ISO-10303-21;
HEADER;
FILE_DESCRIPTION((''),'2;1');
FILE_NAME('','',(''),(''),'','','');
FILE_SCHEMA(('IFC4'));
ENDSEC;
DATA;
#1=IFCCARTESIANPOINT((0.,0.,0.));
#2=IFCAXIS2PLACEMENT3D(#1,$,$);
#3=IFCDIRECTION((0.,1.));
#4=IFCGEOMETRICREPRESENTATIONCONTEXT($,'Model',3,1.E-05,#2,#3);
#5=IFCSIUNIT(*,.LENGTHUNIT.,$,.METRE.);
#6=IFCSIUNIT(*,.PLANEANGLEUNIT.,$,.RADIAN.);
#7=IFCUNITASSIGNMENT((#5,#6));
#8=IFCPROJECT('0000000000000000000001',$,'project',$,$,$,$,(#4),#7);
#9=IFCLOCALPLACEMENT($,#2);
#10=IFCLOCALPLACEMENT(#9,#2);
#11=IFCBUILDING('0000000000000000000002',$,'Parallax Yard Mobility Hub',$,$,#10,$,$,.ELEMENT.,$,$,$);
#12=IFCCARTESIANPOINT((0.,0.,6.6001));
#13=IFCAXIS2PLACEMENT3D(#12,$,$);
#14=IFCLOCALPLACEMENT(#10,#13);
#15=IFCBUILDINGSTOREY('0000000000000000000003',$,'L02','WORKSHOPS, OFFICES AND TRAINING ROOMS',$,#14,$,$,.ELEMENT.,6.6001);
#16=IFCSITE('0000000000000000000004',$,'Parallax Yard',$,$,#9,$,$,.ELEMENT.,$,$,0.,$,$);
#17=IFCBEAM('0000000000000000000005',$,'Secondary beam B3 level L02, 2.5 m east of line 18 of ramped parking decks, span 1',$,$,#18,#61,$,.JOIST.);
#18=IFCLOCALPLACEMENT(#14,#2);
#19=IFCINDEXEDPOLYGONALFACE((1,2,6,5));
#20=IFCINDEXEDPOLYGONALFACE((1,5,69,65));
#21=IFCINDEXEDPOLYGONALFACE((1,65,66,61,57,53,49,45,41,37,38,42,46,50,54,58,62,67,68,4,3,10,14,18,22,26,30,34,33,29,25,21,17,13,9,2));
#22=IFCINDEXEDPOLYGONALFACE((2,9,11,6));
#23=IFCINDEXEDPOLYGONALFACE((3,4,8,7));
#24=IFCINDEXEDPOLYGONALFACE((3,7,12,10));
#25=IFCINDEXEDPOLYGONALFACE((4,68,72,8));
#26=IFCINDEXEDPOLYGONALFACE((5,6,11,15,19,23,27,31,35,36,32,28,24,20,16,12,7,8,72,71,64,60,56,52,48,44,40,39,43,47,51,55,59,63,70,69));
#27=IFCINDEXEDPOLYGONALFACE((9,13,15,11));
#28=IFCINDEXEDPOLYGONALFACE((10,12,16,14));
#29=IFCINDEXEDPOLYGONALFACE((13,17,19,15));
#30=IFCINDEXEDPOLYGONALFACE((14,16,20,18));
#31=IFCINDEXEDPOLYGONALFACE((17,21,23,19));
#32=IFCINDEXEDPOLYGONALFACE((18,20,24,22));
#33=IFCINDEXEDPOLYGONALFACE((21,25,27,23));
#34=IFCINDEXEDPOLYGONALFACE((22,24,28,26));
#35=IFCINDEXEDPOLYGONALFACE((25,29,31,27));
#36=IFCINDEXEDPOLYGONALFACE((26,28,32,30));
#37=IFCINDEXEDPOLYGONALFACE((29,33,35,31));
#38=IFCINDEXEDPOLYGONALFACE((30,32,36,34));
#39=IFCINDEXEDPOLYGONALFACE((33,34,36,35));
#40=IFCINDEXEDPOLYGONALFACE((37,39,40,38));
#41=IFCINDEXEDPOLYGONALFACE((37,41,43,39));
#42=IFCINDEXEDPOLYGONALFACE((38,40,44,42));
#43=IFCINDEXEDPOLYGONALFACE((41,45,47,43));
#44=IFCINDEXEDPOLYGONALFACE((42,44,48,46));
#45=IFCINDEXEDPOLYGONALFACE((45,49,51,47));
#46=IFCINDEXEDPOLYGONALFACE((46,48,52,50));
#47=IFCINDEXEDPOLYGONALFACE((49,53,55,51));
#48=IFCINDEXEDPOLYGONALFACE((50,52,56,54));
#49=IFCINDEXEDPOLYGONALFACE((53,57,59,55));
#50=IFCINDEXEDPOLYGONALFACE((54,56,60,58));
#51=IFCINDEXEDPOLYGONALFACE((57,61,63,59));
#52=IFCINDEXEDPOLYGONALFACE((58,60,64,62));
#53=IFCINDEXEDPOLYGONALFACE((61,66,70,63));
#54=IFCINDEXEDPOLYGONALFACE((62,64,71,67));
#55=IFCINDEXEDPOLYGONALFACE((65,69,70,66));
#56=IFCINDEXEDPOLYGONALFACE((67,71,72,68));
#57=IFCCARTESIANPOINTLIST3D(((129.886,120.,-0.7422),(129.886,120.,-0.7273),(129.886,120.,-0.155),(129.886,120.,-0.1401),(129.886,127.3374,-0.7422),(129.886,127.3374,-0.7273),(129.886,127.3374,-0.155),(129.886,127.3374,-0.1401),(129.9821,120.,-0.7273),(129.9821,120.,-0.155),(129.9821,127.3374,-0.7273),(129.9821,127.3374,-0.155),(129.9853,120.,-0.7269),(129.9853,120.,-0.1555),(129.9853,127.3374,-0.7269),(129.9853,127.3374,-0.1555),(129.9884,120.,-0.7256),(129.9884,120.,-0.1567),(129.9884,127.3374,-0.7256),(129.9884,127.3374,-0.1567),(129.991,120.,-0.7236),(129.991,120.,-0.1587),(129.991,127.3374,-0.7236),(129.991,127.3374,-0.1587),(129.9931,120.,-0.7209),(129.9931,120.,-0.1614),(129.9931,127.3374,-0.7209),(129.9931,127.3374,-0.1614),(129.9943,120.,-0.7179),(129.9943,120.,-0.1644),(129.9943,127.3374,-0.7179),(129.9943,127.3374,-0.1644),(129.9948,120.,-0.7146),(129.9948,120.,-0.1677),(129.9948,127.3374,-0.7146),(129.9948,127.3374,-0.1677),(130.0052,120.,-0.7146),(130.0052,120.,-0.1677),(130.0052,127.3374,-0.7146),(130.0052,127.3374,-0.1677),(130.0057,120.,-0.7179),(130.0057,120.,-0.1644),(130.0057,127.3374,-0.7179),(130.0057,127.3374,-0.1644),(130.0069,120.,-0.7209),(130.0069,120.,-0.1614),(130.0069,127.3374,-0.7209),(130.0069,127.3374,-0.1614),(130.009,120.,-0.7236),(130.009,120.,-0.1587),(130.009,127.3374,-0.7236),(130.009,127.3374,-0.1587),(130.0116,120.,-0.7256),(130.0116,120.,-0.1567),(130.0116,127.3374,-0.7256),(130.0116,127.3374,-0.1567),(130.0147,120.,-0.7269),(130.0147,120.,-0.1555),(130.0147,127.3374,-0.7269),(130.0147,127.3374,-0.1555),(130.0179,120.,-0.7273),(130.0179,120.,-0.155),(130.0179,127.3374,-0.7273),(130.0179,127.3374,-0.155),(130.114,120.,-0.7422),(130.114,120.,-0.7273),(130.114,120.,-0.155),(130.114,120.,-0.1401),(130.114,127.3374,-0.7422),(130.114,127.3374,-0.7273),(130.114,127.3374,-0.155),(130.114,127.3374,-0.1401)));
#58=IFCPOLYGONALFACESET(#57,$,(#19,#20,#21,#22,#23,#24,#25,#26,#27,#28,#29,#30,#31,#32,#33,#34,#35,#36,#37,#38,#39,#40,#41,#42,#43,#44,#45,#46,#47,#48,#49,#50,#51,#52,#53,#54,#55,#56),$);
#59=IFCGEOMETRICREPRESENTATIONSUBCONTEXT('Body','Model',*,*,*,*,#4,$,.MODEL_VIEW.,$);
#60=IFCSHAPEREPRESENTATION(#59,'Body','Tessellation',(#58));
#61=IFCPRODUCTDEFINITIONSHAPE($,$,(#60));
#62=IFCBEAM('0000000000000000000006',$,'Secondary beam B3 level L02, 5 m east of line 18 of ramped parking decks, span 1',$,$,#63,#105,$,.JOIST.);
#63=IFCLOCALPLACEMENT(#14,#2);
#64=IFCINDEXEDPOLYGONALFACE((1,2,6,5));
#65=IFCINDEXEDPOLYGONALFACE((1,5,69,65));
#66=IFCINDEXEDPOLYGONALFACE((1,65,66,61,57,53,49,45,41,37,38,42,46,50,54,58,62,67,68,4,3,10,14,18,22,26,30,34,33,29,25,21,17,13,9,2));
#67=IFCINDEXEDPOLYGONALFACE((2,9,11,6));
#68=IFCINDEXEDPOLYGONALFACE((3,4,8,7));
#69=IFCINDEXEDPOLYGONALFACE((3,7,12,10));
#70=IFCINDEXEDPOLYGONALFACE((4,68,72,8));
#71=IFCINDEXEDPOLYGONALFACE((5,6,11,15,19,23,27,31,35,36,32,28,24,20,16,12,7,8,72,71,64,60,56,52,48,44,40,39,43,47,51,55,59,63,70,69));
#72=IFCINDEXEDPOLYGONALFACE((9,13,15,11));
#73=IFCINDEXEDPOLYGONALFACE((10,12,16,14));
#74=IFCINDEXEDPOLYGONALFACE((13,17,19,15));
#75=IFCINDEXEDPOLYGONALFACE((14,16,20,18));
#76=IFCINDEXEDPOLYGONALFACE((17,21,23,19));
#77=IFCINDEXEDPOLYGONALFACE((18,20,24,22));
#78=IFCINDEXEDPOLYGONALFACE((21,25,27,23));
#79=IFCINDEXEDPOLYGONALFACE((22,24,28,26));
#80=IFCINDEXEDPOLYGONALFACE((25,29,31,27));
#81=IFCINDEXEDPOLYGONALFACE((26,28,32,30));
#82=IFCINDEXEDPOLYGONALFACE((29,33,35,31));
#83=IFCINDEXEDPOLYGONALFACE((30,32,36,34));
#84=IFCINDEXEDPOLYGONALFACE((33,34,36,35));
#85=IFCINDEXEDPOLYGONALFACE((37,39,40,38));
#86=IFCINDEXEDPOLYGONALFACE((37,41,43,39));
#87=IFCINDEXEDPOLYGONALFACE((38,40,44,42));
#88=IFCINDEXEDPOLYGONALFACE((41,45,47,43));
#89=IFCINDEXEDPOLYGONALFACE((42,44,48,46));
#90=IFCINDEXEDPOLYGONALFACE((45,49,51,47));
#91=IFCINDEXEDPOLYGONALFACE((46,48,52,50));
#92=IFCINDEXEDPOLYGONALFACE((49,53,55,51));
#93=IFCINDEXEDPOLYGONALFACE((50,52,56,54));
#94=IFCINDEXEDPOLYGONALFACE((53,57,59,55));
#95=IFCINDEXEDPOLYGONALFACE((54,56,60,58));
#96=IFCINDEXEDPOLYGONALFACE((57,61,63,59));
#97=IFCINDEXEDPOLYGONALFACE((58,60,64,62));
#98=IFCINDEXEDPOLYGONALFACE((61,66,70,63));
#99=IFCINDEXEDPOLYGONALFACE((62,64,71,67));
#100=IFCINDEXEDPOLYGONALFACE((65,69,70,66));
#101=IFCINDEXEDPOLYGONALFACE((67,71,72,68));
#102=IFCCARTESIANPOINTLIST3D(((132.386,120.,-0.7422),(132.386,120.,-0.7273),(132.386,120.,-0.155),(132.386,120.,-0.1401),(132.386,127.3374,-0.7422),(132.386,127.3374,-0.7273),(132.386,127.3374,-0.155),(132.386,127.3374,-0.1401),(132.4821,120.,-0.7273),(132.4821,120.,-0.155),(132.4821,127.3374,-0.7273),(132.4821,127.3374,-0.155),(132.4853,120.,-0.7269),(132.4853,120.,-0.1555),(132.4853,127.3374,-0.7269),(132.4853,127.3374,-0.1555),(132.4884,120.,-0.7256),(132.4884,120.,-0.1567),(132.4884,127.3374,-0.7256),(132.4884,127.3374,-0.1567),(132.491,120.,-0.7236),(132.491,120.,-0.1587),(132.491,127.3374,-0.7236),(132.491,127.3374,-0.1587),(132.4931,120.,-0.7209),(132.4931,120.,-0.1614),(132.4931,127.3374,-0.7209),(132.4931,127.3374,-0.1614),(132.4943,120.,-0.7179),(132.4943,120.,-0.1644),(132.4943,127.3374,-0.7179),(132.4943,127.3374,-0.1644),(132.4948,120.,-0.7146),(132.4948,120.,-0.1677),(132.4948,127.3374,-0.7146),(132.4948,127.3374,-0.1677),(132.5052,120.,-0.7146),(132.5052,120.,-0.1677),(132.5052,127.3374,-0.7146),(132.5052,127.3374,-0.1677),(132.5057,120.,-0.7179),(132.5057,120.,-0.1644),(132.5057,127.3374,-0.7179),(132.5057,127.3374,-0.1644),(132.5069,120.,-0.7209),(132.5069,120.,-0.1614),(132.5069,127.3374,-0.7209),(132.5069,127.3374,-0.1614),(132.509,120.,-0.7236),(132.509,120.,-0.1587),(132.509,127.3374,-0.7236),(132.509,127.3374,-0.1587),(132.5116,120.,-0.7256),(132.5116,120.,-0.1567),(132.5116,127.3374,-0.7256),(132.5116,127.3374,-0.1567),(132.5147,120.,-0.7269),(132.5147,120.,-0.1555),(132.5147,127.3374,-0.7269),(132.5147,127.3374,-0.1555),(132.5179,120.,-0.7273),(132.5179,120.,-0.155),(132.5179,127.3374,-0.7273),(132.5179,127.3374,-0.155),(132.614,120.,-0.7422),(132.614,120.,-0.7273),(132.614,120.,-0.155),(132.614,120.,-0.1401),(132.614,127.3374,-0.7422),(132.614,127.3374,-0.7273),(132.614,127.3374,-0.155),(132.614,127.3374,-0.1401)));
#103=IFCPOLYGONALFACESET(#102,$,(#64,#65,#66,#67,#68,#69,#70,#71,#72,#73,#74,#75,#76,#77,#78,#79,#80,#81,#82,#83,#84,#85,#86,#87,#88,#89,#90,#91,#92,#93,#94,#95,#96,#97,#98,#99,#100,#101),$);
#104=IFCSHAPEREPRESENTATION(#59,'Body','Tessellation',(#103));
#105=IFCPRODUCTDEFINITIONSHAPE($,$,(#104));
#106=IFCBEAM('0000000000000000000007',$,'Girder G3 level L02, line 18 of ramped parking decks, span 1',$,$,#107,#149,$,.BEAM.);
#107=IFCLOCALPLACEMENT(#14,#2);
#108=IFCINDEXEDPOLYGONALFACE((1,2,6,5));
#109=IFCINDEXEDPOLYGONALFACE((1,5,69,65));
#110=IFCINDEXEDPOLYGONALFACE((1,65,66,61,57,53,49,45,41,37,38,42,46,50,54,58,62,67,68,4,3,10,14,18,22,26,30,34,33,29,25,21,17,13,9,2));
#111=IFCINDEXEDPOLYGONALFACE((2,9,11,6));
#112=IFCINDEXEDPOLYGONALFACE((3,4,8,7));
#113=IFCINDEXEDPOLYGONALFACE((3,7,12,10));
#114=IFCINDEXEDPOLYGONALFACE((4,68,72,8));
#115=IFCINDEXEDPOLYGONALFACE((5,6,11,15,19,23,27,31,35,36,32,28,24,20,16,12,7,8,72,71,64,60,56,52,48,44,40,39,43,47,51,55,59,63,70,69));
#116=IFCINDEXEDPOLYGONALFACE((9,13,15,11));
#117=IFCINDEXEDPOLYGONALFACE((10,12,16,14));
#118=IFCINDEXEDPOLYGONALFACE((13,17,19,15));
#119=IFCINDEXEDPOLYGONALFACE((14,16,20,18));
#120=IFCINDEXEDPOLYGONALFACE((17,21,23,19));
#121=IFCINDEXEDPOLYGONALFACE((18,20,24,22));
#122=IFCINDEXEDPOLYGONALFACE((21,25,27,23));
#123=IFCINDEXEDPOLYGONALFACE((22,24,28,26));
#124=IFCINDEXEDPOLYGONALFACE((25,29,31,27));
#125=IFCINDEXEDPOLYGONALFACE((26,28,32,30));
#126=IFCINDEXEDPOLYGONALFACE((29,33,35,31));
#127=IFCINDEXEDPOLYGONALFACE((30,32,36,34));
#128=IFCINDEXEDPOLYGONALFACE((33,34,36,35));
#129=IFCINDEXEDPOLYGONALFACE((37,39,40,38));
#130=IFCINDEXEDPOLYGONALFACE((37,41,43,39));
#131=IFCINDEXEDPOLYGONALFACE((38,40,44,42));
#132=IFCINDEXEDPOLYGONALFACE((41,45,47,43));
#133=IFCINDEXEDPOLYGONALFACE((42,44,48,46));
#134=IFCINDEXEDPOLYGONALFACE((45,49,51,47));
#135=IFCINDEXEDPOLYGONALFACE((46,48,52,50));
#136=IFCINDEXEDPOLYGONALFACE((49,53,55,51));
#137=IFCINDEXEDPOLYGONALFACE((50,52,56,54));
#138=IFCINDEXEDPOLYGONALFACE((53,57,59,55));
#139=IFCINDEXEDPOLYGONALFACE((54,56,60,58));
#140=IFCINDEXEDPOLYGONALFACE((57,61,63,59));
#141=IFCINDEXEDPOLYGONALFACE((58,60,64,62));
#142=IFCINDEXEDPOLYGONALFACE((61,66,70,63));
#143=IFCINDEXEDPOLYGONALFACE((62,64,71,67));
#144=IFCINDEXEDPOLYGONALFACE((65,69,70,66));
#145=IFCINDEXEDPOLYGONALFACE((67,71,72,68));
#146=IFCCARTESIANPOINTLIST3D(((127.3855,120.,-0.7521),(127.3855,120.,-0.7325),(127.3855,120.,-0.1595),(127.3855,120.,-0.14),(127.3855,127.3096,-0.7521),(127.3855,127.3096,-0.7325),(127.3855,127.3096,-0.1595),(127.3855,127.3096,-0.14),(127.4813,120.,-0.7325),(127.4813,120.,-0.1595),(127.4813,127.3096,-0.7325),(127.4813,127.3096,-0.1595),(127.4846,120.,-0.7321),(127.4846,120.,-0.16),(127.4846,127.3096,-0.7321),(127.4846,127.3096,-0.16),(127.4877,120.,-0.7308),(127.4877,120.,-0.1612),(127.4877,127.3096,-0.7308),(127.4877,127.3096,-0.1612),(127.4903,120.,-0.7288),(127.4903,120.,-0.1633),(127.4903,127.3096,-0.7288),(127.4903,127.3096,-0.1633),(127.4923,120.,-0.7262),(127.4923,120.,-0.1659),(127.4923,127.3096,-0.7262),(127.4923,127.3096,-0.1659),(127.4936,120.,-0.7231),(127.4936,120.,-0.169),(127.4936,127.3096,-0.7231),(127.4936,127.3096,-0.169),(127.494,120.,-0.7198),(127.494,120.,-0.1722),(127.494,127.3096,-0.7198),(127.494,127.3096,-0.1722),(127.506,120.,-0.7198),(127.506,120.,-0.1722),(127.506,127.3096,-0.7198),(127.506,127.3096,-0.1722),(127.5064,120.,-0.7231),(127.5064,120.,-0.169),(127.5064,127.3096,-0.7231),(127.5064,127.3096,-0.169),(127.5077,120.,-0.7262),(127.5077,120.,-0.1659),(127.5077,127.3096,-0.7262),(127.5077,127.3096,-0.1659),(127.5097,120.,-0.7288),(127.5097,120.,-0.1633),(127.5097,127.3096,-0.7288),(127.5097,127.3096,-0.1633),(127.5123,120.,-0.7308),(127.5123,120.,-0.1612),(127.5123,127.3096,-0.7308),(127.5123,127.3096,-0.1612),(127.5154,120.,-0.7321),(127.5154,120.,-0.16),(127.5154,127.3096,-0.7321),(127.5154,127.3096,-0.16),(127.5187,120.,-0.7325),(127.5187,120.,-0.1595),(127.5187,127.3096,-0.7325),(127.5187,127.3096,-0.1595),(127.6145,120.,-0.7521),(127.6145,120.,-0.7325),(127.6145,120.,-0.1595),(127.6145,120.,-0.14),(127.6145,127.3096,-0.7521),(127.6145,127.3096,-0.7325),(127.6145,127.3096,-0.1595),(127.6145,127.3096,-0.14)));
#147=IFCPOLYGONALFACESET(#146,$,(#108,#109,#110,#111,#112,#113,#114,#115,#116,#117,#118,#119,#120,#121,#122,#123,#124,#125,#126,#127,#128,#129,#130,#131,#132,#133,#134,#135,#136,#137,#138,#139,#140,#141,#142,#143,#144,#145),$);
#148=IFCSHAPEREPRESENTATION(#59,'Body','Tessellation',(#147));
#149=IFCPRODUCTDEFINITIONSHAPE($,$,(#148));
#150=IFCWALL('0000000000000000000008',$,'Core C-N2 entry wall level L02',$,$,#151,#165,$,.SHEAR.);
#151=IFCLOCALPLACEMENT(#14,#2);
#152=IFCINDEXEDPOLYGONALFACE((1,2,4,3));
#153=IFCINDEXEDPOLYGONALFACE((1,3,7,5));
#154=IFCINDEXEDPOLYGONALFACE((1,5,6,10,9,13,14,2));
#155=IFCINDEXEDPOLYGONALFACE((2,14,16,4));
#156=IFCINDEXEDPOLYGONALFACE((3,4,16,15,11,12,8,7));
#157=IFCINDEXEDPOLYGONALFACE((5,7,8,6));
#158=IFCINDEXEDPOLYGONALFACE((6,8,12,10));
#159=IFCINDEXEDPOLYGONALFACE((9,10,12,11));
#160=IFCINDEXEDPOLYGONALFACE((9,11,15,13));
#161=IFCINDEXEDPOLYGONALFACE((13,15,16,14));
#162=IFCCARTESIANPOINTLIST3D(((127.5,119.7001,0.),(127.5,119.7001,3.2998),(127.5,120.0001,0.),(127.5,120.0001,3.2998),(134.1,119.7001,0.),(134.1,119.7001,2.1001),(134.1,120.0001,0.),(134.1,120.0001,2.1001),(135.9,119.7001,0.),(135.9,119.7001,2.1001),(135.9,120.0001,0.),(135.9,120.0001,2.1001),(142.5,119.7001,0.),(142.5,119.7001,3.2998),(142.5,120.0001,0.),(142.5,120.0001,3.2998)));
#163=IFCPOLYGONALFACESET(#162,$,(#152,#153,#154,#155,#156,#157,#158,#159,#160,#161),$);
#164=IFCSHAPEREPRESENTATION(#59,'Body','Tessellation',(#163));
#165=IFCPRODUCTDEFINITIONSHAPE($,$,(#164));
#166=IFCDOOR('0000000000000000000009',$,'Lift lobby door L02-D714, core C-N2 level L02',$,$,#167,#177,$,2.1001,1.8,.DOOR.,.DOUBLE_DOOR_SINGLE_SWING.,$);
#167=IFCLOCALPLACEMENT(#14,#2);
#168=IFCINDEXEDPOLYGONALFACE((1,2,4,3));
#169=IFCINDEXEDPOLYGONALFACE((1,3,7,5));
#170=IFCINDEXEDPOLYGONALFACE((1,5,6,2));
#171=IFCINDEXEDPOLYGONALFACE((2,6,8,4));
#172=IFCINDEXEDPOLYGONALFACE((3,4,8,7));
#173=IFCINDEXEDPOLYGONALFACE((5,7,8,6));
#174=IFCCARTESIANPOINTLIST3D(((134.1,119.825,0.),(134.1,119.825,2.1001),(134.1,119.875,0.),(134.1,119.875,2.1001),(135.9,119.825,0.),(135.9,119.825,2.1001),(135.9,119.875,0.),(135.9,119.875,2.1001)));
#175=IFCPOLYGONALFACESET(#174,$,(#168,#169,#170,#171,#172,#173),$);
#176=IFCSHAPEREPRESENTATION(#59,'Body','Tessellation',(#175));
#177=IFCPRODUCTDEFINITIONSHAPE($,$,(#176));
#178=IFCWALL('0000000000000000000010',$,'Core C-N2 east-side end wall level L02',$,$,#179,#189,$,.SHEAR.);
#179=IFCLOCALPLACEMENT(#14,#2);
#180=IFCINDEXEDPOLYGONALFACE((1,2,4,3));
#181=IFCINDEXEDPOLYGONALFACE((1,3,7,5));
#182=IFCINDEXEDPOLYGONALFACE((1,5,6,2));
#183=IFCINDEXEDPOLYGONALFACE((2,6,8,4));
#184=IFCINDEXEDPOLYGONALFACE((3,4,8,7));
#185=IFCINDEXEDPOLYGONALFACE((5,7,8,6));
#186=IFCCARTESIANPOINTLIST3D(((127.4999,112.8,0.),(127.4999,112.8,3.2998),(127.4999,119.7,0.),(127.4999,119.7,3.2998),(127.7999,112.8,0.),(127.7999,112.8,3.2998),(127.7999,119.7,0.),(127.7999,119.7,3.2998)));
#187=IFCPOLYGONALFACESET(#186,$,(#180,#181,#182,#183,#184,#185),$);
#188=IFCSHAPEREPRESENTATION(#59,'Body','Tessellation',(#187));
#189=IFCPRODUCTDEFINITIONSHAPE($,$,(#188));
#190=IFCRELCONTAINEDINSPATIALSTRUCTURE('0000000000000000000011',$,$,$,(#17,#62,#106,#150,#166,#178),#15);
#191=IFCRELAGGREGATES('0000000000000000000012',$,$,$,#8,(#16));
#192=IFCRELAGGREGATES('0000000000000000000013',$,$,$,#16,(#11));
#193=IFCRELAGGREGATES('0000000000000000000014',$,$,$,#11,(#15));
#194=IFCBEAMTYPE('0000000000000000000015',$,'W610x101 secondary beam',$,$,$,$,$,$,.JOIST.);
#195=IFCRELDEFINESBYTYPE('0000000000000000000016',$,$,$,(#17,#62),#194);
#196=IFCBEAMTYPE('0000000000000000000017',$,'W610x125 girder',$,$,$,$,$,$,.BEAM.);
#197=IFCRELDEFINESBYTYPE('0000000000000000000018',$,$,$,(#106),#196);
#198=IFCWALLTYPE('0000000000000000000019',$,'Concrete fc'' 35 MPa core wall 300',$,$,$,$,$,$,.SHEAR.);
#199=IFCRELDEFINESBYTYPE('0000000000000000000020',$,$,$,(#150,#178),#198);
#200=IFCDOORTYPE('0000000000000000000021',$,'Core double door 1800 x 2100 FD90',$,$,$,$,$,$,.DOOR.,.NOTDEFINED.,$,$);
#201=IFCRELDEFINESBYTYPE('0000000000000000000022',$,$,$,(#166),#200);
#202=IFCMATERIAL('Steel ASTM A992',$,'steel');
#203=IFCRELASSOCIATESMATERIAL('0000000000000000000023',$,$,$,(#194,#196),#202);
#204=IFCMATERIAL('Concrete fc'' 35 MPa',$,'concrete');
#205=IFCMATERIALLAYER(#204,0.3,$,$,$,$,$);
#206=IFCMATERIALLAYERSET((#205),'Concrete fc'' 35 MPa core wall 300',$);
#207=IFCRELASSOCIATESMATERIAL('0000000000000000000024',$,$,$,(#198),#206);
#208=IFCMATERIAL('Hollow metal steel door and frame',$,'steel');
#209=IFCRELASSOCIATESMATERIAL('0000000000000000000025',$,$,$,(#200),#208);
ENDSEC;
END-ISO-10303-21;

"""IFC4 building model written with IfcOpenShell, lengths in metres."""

from ifc_helpers import new_model, si_unit, direction, frame, frame_2d, origin, origin_2d, place, context, subcontext, project, spatial, rectangle, i_section, extrude, material, layer, layer_set, material_profile, profile_set, type_object, element, fill, save


model = new_model("IFC4")

# Units and contexts
model_context = context("Model", 3, precision=1e-05, world=origin(), true_north=direction((0.0, 1.0)))
body_context = subcontext(model_context, "Body", "Model", "MODEL_VIEW")
ifc_project = project(units=[si_unit("LENGTHUNIT", "METRE"), si_unit("PLANEANGLEUNIT", "RADIAN")], contexts=[model_context])

# Site, building, storey
site_placement = place(None, origin())
site = spatial("IfcSite", under=ifc_project, at=site_placement, Name="Parallax Yard", CompositionType="ELEMENT", RefElevation=0.0)
building_placement = place(site_placement, origin())
building = spatial("IfcBuilding", under=site, at=building_placement, Name="Parallax Yard Mobility Hub", CompositionType="ELEMENT")
storey_placement = place(building_placement, frame((0.0, 0.0, 6.6001)))
storey = spatial("IfcBuildingStorey", under=building, at=storey_placement, Name="L02", Description="WORKSHOPS, OFFICES AND TRAINING ROOMS", CompositionType="ELEMENT", Elevation=6.6001)

# Beams
ifc_material_1 = material(Name="Steel ASTM A992", Category="steel")
ifc_material_profile_1 = material_profile(ifc_material_1, i_section(OverallWidth=0.228, OverallDepth=0.6021, WebThickness=0.0105, FlangeThickness=0.0149, FilletRadius=0.0127, at=origin_2d()), Name="W610x101")
ifc_profile_set_1 = profile_set([ifc_material_profile_1], Name="Steel ASTM A992")
beam_type_1 = type_object("IfcBeamType", Name="W610x101 secondary beam", PredefinedType="JOIST", material=ifc_profile_set_1)
for number, where, z_axis, x_axis, name in (
    (1, (130.0, 120.0, -0.4412), (0.0, 1.0, 0.0), (-1.0, 0.0, 0.0), "Secondary beam B3 level L02, 2.5 m east of line 18 of ramped parking decks, span 1"),
    (2, (132.5, 120.0, -0.4412), (0.0, 1.0, 0.0), (-1.0, 0.0, 0.0), "Secondary beam B3 level L02, 5 m east of line 18 of ramped parking decks, span 1"),
):
    element("IfcBeam", number, at=place(storey_placement, frame(where, z_axis=z_axis, x_axis=x_axis)), inside=storey, type_object=beam_type_1, Name=name, PredefinedType="JOIST", context=body_context, shape_type="SweptSolid", body=[
        extrude(i_section(OverallWidth=0.228, OverallDepth=0.6021, WebThickness=0.0105, FlangeThickness=0.0149, FilletRadius=0.0127, at=origin_2d()), origin(), (0.0, 0.0, 1.0), 7.3374),
    ])
ifc_material_profile_2 = material_profile(ifc_material_1, i_section(OverallWidth=0.229, OverallDepth=0.6121, WebThickness=0.012, FlangeThickness=0.0195, FilletRadius=0.0127, at=origin_2d()), Name="W610x125")
ifc_profile_set_2 = profile_set([ifc_material_profile_2], Name="Steel ASTM A992")
beam_type_2 = type_object("IfcBeamType", Name="W610x125 girder", PredefinedType="BEAM", material=ifc_profile_set_2)
beam_placement = place(storey_placement, frame((127.5, 120.0, -0.446), z_axis=(0.0, 1.0, 0.0), x_axis=(-1.0, 0.0, 0.0)))
element("IfcBeam", 3, at=beam_placement, inside=storey, type_object=beam_type_2, Name="Girder G3 level L02, line 18 of ramped parking decks, span 1", PredefinedType="BEAM", context=body_context, shape_type="SweptSolid", body=[
    extrude(i_section(OverallWidth=0.229, OverallDepth=0.6121, WebThickness=0.012, FlangeThickness=0.0195, FilletRadius=0.0127, at=origin_2d()), origin(), (0.0, 0.0, 1.0), 7.3096),
])

# Wall, opening, door
ifc_material_2 = material(Name="Concrete fc' 35 MPa", Category="concrete")
ifc_layer_1 = layer(ifc_material_2, 0.3)
ifc_layer_set_1 = layer_set([ifc_layer_1], Name="Concrete fc' 35 MPa core wall 300")
wall_type_1 = type_object("IfcWallType", Name="Concrete fc' 35 MPa core wall 300", PredefinedType="SHEAR", material=ifc_layer_set_1)
wall_1_placement = place(storey_placement, frame((127.5, 119.8501, 0.0), z_axis=(0.0, 0.0, 1.0), x_axis=(1.0, 0.0, 0.0)))
wall_1 = element("IfcWall", 4, at=wall_1_placement, inside=storey, type_object=wall_type_1, Name="Core C-N2 entry wall level L02", PredefinedType="SHEAR", context=body_context, shape_type="SweptSolid", body=[
    extrude(rectangle(XDim=15.0, YDim=0.3, at=frame_2d((7.5, 0.0))), origin(), (0.0, 0.0, 1.0), 3.2998),
])
opening_1_placement = place(wall_1_placement, frame((6.6001, 0.0, 0.0)))
opening_1 = element("IfcOpeningElement", 5, at=opening_1_placement, cuts=wall_1, PredefinedType="OPENING", context=body_context, shape_type="SweptSolid", body=[
    extrude(rectangle(XDim=1.8, YDim=2.1001, at=frame_2d((0.8999, 1.05))), frame((0.0, 0.1602, 0.0), z_axis=(0.0, -1.0, 0.0), x_axis=(1.0, 0.0, 0.0)), (0.0, 0.0, 1.0), 0.3201),
])
ifc_material_3 = material(Name="Hollow metal steel door and frame", Category="steel")
door_type_1 = type_object("IfcDoorType", Name="Core double door 1800 x 2100 FD90", OperationType="NOTDEFINED", PredefinedType="DOOR", material=ifc_material_3)
door_1_placement = place(opening_1_placement, origin())
door_1 = element("IfcDoor", 6, at=door_1_placement, inside=storey, type_object=door_type_1, Name="Lift lobby door L02-D714, core C-N2 level L02", OperationType="DOUBLE_DOOR_SINGLE_SWING", OverallHeight=2.1001, OverallWidth=1.8, PredefinedType="DOOR", context=body_context, shape_type="SweptSolid", body=[
    extrude(rectangle(XDim=1.8, YDim=2.1001, at=frame_2d((0.8999, 1.05))), frame((0.0, 0.0249, 0.0), z_axis=(0.0, -1.0, 0.0), x_axis=(1.0, 0.0, 0.0)), (0.0, 0.0, 1.0), 0.05),
])
fill(opening_1, door_1)

# Wall
wall_2_placement = place(storey_placement, frame((127.6499, 119.7, 0.0), z_axis=(0.0, 0.0, 1.0), x_axis=(0.0, -1.0, 0.0)))
element("IfcWall", 7, at=wall_2_placement, inside=storey, type_object=wall_type_1, Name="Core C-N2 east-side end wall level L02", PredefinedType="SHEAR", context=body_context, shape_type="SweptSolid", body=[
    extrude(rectangle(XDim=6.8999, YDim=0.3, at=frame_2d((3.45, 0.0))), origin(), (0.0, 0.0, 1.0), 3.2998),
])

save(model, "model.ifc")
